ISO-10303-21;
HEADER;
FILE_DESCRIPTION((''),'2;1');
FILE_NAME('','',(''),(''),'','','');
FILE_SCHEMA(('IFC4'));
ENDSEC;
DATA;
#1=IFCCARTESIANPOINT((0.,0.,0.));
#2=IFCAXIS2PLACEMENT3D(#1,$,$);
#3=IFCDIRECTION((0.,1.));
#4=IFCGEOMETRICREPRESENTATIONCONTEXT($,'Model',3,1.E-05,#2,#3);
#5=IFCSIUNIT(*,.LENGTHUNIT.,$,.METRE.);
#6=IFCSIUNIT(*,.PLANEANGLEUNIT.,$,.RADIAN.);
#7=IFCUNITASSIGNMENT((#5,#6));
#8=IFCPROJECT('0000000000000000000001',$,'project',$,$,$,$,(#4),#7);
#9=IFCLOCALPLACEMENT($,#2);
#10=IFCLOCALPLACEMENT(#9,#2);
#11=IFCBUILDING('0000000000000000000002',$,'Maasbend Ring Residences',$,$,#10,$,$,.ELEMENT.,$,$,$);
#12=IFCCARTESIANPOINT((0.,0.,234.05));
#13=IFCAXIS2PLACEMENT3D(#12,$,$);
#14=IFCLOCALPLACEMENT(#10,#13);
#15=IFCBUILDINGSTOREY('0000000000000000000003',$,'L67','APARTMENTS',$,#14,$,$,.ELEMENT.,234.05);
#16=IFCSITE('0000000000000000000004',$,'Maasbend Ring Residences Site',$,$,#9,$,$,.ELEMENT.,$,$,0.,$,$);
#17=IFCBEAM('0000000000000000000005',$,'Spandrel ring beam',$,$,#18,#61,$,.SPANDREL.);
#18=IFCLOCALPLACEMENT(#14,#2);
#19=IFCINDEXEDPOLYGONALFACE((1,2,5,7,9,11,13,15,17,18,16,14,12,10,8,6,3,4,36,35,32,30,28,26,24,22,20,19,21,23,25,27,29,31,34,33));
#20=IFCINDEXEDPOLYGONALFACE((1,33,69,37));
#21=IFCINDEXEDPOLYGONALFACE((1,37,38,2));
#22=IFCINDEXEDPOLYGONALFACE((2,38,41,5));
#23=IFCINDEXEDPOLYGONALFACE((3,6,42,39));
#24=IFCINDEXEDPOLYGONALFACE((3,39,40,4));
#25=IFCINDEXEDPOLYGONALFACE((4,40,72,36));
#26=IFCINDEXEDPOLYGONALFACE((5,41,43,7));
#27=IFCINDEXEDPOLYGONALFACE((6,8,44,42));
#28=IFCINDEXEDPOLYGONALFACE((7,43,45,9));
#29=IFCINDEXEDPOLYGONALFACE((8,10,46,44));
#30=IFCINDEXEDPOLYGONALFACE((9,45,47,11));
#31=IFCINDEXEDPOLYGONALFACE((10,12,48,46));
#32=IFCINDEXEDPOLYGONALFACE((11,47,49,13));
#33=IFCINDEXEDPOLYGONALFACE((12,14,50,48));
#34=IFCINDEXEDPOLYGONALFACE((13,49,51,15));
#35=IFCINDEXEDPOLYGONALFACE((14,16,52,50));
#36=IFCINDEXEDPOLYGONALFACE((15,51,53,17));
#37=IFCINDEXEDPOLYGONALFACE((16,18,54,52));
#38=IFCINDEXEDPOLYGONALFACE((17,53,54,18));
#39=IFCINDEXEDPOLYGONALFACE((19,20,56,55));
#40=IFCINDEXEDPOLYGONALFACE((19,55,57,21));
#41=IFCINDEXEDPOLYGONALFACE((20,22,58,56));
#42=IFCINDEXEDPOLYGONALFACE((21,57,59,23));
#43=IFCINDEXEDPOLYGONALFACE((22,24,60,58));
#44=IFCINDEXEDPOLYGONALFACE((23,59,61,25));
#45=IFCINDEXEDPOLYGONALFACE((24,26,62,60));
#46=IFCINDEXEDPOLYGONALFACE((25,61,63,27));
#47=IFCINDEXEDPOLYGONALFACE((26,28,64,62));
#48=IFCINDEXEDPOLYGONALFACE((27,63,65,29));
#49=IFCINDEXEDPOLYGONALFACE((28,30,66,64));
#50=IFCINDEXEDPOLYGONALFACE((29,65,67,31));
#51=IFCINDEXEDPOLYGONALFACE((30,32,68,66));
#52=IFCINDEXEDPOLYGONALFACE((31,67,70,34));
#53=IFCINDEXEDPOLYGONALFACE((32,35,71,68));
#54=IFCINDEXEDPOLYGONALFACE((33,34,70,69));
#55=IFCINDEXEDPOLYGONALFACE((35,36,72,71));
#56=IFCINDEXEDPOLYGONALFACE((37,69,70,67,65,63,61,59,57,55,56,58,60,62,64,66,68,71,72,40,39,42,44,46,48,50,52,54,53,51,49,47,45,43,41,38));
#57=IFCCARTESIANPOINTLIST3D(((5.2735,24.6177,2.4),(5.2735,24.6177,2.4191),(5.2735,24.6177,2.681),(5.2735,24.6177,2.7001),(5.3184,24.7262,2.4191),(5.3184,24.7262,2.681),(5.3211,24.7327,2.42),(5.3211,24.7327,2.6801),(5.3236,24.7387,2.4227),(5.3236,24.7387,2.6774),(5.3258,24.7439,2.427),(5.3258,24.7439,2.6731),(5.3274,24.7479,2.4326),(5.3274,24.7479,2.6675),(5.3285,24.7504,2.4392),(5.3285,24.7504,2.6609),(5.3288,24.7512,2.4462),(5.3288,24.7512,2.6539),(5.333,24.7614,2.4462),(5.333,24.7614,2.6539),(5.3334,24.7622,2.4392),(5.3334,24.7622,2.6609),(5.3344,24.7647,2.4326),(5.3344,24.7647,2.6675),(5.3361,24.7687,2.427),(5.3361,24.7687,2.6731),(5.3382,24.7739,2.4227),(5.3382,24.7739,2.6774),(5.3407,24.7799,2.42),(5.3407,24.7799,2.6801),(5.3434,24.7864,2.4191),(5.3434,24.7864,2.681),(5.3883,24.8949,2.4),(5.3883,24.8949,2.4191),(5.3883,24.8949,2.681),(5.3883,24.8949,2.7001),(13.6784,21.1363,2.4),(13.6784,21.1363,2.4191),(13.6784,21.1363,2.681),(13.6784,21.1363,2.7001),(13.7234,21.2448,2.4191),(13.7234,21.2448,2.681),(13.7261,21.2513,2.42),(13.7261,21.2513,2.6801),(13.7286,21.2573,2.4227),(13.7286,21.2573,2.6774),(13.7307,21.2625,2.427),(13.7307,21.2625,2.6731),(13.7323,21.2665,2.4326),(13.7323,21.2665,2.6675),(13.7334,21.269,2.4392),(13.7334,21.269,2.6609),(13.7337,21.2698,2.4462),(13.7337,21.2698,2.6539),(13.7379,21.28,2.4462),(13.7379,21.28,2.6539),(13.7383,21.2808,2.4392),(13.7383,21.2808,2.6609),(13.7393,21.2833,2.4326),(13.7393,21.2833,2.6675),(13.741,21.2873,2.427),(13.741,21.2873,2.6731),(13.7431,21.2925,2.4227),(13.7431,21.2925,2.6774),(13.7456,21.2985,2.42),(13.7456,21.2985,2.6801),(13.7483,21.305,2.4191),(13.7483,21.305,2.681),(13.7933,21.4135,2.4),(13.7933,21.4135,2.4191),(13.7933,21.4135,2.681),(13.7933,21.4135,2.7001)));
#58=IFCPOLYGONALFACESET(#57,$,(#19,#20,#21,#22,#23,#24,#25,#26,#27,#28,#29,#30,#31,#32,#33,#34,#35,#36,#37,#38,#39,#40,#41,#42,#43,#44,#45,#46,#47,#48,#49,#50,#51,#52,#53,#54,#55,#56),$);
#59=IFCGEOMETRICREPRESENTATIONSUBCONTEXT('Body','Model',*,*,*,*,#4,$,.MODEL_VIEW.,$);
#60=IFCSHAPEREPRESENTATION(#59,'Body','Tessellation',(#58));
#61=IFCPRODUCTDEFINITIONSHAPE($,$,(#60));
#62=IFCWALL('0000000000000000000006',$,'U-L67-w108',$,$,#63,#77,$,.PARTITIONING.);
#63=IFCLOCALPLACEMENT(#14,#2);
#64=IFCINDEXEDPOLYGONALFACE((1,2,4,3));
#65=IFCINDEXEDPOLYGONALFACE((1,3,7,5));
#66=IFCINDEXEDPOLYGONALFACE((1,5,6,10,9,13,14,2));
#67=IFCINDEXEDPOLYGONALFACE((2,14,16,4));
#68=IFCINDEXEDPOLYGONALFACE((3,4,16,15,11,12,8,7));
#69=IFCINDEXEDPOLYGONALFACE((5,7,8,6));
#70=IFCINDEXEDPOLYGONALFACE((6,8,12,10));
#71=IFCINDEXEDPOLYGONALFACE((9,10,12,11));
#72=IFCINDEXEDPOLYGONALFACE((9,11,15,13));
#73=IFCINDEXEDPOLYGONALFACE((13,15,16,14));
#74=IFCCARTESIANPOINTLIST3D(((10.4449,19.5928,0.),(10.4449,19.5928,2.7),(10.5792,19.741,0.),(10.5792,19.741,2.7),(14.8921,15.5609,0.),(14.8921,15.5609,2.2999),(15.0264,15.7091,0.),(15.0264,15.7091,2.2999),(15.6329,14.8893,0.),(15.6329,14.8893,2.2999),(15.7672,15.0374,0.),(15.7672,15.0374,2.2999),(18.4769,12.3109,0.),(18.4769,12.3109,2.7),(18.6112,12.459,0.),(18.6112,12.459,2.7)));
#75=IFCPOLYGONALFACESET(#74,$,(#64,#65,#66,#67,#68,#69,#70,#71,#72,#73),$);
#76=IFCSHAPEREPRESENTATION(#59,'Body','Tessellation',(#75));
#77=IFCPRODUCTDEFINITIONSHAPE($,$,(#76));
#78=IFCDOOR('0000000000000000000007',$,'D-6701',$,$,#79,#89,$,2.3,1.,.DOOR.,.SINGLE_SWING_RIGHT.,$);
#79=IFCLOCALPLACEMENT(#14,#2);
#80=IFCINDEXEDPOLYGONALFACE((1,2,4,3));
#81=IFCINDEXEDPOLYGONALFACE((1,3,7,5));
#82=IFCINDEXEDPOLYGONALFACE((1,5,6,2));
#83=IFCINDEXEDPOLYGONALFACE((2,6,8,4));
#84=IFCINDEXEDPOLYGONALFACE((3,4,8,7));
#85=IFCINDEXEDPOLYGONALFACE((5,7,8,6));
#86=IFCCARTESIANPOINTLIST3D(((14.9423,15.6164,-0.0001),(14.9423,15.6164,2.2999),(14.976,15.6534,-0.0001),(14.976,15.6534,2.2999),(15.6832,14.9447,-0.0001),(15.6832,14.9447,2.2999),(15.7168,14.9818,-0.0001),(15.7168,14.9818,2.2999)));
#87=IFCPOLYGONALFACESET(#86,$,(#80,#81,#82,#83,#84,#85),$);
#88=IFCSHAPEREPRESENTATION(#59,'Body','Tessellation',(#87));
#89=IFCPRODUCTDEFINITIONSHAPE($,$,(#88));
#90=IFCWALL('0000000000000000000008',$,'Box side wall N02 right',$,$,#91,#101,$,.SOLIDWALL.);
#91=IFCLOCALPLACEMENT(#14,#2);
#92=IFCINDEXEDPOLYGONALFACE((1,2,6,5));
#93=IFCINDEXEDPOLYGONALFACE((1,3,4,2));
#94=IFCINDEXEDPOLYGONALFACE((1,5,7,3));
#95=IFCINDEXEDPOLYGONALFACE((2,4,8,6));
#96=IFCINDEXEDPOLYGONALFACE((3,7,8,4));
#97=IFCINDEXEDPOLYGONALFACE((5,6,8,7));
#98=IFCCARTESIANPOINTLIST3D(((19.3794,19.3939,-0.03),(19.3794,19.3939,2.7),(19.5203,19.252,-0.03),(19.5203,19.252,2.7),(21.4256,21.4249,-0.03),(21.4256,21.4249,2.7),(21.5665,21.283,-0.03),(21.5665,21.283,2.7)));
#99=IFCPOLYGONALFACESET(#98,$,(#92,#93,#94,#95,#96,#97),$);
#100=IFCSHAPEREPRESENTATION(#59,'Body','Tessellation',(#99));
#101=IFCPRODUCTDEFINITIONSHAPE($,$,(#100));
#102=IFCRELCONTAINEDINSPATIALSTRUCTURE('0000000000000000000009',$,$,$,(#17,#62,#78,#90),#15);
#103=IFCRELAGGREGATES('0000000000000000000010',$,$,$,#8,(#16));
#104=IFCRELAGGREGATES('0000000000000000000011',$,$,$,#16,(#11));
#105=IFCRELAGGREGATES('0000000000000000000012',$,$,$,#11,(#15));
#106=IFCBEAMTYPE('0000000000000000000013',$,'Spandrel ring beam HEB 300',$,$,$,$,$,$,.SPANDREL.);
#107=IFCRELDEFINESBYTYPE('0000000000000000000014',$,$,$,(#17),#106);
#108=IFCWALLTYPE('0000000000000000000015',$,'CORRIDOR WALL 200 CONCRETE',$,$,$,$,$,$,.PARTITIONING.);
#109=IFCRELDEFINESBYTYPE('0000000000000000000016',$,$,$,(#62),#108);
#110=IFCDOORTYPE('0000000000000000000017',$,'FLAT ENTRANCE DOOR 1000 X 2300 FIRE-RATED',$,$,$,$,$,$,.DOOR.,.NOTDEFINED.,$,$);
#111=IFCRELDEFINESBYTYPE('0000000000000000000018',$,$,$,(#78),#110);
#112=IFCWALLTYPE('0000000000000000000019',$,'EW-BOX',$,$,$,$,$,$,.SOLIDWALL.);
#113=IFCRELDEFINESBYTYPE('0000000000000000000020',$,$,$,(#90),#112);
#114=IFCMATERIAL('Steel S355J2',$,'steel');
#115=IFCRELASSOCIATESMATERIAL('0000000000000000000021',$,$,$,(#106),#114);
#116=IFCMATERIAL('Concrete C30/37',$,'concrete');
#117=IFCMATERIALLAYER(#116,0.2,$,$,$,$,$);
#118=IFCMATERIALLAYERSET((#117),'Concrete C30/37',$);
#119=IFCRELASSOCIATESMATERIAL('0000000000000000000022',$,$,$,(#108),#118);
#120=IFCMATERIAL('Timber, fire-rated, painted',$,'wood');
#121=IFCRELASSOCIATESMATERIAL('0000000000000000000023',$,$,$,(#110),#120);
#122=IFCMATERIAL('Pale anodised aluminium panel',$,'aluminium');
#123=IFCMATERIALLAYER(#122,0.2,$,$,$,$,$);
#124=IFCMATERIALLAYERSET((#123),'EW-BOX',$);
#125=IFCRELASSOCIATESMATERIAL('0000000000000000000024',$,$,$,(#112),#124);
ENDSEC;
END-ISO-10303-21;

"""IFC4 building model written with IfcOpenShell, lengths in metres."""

from ifc_helpers import new_model, si_unit, direction, frame, frame_2d, origin, origin_2d, place, context, subcontext, project, spatial, rectangle, i_section, extrude, material, layer, layer_set, material_profile, profile_set, type_object, element, fill, save


model = new_model("IFC4")

# Units and contexts
model_context = context("Model", 3, precision=1e-05, world=origin(), true_north=direction((0.0, 1.0)))
body_context = subcontext(model_context, "Body", "Model", "MODEL_VIEW")
ifc_project = project(units=[si_unit("LENGTHUNIT", "METRE"), si_unit("PLANEANGLEUNIT", "RADIAN")], contexts=[model_context])

# Site, building, storey
site_placement = place(None, origin())
site = spatial("IfcSite", under=ifc_project, at=site_placement, Name="Maasbend Ring Residences Site", CompositionType="ELEMENT", RefElevation=0.0)
building_placement = place(site_placement, origin())
building = spatial("IfcBuilding", under=site, at=building_placement, Name="Maasbend Ring Residences", CompositionType="ELEMENT")
storey_placement = place(building_placement, frame((0.0, 0.0, 234.05)))
storey = spatial("IfcBuildingStorey", under=building, at=storey_placement, Name="L67", Description="APARTMENTS", CompositionType="ELEMENT", Elevation=234.05)

# Beam
ifc_material_1 = material(Name="Steel S355J2", Category="steel")
ifc_material_profile_1 = material_profile(ifc_material_1, i_section(OverallWidth=0.3, OverallDepth=0.3, WebThickness=0.011, FlangeThickness=0.019, FilletRadius=0.0271, at=origin_2d()), Name="HEB 300")
ifc_profile_set_1 = profile_set([ifc_material_profile_1], Name="Steel S355J2")
beam_type = type_object("IfcBeamType", Name="Spandrel ring beam HEB 300", PredefinedType="SPANDREL", material=ifc_profile_set_1)
beam_placement = place(storey_placement, frame((13.7358, 21.2749, 2.55), z_axis=(-0.923881, 0.38268, 0.0), x_axis=(-0.38268, -0.923881, 0.0)))
element("IfcBeam", 1, at=beam_placement, inside=storey, type_object=beam_type, Name="Spandrel ring beam", PredefinedType="SPANDREL", context=body_context, shape_type="SweptSolid", body=[
    extrude(i_section(OverallWidth=0.3, OverallDepth=0.3, WebThickness=0.011, FlangeThickness=0.019, FilletRadius=0.0271, at=origin_2d()), origin(), (0.0, 0.0, 1.0), 9.0974),
])

# Wall, opening, door
ifc_material_2 = material(Name="Concrete C30/37", Category="concrete")
ifc_layer_1 = layer(ifc_material_2, 0.2)
ifc_layer_set_1 = layer_set([ifc_layer_1], Name="Concrete C30/37")
wall_type_1 = type_object("IfcWallType", Name="CORRIDOR WALL 200 CONCRETE", PredefinedType="PARTITIONING", material=ifc_layer_set_1)
wall_1_placement = place(storey_placement, frame((10.512, 19.667, 0.0), z_axis=(0.0, 0.0, 1.0), x_axis=(0.740849, -0.671671, 0.0)))
wall_1 = element("IfcWall", 2, at=wall_1_placement, inside=storey, type_object=wall_type_1, Name="U-L67-w108", PredefinedType="PARTITIONING", context=body_context, shape_type="SweptSolid", body=[
    extrude(rectangle(XDim=10.8416, YDim=0.2, at=frame_2d((5.4209, 0.0))), origin(), (0.0, 0.0, 1.0), 2.7),
])
opening_1_placement = place(wall_1_placement, frame((6.0029, 0.0, 0.0)))
opening_1 = element("IfcOpeningElement", 3, at=opening_1_placement, cuts=wall_1, PredefinedType="OPENING", context=body_context, shape_type="SweptSolid", body=[
    extrude(rectangle(XDim=1.0, YDim=2.3, at=frame_2d((0.5, 1.1499))), frame((0.0, 0.1099, 0.0), z_axis=(0.0, -1.0, 0.0), x_axis=(1.0, 0.0, 0.0)), (0.0, 0.0, 1.0), 0.22),
])
ifc_material_3 = material(Name="Timber, fire-rated, painted", Category="wood")
door_type_1 = type_object("IfcDoorType", Name="FLAT ENTRANCE DOOR 1000 X 2300 FIRE-RATED", OperationType="NOTDEFINED", PredefinedType="DOOR", material=ifc_material_3)
door_1_placement = place(opening_1_placement, origin())
door_1 = element("IfcDoor", 4, at=door_1_placement, inside=storey, type_object=door_type_1, Name="D-6701", OperationType="SINGLE_SWING_RIGHT", OverallHeight=2.3, OverallWidth=1.0, PredefinedType="DOOR", context=body_context, shape_type="SweptSolid", body=[
    extrude(rectangle(XDim=1.0, YDim=2.3, at=frame_2d((0.5, 1.1499))), frame((0.0, 0.0249, 0.0), z_axis=(0.0, -1.0, 0.0), x_axis=(1.0, 0.0, 0.0)), (0.0, 0.0, 1.0), 0.05),
])
fill(opening_1, door_1)

# Wall
ifc_material_4 = material(Name="Pale anodised aluminium panel", Category="aluminium")
ifc_layer_2 = layer(ifc_material_4, 0.2)
ifc_layer_set_2 = layer_set([ifc_layer_2], Name="EW-BOX")
wall_type_2 = type_object("IfcWallType", Name="EW-BOX", PredefinedType="SOLIDWALL", material=ifc_layer_set_2)
wall_2_placement = place(storey_placement, frame((19.45, 19.323, -0.03), z_axis=(0.0, 0.0, 1.0), x_axis=(0.709727, 0.704477, 0.0)))
element("IfcWall", 5, at=wall_2_placement, inside=storey, type_object=wall_type_2, Name="Box side wall N02 right", PredefinedType="SOLIDWALL", context=body_context, shape_type="SweptSolid", body=[
    extrude(rectangle(XDim=2.8831, YDim=0.2, at=frame_2d((1.4414, 0.0))), origin(), (0.0, 0.0, 1.0), 2.73),
])

save(model, "model.ifc")
